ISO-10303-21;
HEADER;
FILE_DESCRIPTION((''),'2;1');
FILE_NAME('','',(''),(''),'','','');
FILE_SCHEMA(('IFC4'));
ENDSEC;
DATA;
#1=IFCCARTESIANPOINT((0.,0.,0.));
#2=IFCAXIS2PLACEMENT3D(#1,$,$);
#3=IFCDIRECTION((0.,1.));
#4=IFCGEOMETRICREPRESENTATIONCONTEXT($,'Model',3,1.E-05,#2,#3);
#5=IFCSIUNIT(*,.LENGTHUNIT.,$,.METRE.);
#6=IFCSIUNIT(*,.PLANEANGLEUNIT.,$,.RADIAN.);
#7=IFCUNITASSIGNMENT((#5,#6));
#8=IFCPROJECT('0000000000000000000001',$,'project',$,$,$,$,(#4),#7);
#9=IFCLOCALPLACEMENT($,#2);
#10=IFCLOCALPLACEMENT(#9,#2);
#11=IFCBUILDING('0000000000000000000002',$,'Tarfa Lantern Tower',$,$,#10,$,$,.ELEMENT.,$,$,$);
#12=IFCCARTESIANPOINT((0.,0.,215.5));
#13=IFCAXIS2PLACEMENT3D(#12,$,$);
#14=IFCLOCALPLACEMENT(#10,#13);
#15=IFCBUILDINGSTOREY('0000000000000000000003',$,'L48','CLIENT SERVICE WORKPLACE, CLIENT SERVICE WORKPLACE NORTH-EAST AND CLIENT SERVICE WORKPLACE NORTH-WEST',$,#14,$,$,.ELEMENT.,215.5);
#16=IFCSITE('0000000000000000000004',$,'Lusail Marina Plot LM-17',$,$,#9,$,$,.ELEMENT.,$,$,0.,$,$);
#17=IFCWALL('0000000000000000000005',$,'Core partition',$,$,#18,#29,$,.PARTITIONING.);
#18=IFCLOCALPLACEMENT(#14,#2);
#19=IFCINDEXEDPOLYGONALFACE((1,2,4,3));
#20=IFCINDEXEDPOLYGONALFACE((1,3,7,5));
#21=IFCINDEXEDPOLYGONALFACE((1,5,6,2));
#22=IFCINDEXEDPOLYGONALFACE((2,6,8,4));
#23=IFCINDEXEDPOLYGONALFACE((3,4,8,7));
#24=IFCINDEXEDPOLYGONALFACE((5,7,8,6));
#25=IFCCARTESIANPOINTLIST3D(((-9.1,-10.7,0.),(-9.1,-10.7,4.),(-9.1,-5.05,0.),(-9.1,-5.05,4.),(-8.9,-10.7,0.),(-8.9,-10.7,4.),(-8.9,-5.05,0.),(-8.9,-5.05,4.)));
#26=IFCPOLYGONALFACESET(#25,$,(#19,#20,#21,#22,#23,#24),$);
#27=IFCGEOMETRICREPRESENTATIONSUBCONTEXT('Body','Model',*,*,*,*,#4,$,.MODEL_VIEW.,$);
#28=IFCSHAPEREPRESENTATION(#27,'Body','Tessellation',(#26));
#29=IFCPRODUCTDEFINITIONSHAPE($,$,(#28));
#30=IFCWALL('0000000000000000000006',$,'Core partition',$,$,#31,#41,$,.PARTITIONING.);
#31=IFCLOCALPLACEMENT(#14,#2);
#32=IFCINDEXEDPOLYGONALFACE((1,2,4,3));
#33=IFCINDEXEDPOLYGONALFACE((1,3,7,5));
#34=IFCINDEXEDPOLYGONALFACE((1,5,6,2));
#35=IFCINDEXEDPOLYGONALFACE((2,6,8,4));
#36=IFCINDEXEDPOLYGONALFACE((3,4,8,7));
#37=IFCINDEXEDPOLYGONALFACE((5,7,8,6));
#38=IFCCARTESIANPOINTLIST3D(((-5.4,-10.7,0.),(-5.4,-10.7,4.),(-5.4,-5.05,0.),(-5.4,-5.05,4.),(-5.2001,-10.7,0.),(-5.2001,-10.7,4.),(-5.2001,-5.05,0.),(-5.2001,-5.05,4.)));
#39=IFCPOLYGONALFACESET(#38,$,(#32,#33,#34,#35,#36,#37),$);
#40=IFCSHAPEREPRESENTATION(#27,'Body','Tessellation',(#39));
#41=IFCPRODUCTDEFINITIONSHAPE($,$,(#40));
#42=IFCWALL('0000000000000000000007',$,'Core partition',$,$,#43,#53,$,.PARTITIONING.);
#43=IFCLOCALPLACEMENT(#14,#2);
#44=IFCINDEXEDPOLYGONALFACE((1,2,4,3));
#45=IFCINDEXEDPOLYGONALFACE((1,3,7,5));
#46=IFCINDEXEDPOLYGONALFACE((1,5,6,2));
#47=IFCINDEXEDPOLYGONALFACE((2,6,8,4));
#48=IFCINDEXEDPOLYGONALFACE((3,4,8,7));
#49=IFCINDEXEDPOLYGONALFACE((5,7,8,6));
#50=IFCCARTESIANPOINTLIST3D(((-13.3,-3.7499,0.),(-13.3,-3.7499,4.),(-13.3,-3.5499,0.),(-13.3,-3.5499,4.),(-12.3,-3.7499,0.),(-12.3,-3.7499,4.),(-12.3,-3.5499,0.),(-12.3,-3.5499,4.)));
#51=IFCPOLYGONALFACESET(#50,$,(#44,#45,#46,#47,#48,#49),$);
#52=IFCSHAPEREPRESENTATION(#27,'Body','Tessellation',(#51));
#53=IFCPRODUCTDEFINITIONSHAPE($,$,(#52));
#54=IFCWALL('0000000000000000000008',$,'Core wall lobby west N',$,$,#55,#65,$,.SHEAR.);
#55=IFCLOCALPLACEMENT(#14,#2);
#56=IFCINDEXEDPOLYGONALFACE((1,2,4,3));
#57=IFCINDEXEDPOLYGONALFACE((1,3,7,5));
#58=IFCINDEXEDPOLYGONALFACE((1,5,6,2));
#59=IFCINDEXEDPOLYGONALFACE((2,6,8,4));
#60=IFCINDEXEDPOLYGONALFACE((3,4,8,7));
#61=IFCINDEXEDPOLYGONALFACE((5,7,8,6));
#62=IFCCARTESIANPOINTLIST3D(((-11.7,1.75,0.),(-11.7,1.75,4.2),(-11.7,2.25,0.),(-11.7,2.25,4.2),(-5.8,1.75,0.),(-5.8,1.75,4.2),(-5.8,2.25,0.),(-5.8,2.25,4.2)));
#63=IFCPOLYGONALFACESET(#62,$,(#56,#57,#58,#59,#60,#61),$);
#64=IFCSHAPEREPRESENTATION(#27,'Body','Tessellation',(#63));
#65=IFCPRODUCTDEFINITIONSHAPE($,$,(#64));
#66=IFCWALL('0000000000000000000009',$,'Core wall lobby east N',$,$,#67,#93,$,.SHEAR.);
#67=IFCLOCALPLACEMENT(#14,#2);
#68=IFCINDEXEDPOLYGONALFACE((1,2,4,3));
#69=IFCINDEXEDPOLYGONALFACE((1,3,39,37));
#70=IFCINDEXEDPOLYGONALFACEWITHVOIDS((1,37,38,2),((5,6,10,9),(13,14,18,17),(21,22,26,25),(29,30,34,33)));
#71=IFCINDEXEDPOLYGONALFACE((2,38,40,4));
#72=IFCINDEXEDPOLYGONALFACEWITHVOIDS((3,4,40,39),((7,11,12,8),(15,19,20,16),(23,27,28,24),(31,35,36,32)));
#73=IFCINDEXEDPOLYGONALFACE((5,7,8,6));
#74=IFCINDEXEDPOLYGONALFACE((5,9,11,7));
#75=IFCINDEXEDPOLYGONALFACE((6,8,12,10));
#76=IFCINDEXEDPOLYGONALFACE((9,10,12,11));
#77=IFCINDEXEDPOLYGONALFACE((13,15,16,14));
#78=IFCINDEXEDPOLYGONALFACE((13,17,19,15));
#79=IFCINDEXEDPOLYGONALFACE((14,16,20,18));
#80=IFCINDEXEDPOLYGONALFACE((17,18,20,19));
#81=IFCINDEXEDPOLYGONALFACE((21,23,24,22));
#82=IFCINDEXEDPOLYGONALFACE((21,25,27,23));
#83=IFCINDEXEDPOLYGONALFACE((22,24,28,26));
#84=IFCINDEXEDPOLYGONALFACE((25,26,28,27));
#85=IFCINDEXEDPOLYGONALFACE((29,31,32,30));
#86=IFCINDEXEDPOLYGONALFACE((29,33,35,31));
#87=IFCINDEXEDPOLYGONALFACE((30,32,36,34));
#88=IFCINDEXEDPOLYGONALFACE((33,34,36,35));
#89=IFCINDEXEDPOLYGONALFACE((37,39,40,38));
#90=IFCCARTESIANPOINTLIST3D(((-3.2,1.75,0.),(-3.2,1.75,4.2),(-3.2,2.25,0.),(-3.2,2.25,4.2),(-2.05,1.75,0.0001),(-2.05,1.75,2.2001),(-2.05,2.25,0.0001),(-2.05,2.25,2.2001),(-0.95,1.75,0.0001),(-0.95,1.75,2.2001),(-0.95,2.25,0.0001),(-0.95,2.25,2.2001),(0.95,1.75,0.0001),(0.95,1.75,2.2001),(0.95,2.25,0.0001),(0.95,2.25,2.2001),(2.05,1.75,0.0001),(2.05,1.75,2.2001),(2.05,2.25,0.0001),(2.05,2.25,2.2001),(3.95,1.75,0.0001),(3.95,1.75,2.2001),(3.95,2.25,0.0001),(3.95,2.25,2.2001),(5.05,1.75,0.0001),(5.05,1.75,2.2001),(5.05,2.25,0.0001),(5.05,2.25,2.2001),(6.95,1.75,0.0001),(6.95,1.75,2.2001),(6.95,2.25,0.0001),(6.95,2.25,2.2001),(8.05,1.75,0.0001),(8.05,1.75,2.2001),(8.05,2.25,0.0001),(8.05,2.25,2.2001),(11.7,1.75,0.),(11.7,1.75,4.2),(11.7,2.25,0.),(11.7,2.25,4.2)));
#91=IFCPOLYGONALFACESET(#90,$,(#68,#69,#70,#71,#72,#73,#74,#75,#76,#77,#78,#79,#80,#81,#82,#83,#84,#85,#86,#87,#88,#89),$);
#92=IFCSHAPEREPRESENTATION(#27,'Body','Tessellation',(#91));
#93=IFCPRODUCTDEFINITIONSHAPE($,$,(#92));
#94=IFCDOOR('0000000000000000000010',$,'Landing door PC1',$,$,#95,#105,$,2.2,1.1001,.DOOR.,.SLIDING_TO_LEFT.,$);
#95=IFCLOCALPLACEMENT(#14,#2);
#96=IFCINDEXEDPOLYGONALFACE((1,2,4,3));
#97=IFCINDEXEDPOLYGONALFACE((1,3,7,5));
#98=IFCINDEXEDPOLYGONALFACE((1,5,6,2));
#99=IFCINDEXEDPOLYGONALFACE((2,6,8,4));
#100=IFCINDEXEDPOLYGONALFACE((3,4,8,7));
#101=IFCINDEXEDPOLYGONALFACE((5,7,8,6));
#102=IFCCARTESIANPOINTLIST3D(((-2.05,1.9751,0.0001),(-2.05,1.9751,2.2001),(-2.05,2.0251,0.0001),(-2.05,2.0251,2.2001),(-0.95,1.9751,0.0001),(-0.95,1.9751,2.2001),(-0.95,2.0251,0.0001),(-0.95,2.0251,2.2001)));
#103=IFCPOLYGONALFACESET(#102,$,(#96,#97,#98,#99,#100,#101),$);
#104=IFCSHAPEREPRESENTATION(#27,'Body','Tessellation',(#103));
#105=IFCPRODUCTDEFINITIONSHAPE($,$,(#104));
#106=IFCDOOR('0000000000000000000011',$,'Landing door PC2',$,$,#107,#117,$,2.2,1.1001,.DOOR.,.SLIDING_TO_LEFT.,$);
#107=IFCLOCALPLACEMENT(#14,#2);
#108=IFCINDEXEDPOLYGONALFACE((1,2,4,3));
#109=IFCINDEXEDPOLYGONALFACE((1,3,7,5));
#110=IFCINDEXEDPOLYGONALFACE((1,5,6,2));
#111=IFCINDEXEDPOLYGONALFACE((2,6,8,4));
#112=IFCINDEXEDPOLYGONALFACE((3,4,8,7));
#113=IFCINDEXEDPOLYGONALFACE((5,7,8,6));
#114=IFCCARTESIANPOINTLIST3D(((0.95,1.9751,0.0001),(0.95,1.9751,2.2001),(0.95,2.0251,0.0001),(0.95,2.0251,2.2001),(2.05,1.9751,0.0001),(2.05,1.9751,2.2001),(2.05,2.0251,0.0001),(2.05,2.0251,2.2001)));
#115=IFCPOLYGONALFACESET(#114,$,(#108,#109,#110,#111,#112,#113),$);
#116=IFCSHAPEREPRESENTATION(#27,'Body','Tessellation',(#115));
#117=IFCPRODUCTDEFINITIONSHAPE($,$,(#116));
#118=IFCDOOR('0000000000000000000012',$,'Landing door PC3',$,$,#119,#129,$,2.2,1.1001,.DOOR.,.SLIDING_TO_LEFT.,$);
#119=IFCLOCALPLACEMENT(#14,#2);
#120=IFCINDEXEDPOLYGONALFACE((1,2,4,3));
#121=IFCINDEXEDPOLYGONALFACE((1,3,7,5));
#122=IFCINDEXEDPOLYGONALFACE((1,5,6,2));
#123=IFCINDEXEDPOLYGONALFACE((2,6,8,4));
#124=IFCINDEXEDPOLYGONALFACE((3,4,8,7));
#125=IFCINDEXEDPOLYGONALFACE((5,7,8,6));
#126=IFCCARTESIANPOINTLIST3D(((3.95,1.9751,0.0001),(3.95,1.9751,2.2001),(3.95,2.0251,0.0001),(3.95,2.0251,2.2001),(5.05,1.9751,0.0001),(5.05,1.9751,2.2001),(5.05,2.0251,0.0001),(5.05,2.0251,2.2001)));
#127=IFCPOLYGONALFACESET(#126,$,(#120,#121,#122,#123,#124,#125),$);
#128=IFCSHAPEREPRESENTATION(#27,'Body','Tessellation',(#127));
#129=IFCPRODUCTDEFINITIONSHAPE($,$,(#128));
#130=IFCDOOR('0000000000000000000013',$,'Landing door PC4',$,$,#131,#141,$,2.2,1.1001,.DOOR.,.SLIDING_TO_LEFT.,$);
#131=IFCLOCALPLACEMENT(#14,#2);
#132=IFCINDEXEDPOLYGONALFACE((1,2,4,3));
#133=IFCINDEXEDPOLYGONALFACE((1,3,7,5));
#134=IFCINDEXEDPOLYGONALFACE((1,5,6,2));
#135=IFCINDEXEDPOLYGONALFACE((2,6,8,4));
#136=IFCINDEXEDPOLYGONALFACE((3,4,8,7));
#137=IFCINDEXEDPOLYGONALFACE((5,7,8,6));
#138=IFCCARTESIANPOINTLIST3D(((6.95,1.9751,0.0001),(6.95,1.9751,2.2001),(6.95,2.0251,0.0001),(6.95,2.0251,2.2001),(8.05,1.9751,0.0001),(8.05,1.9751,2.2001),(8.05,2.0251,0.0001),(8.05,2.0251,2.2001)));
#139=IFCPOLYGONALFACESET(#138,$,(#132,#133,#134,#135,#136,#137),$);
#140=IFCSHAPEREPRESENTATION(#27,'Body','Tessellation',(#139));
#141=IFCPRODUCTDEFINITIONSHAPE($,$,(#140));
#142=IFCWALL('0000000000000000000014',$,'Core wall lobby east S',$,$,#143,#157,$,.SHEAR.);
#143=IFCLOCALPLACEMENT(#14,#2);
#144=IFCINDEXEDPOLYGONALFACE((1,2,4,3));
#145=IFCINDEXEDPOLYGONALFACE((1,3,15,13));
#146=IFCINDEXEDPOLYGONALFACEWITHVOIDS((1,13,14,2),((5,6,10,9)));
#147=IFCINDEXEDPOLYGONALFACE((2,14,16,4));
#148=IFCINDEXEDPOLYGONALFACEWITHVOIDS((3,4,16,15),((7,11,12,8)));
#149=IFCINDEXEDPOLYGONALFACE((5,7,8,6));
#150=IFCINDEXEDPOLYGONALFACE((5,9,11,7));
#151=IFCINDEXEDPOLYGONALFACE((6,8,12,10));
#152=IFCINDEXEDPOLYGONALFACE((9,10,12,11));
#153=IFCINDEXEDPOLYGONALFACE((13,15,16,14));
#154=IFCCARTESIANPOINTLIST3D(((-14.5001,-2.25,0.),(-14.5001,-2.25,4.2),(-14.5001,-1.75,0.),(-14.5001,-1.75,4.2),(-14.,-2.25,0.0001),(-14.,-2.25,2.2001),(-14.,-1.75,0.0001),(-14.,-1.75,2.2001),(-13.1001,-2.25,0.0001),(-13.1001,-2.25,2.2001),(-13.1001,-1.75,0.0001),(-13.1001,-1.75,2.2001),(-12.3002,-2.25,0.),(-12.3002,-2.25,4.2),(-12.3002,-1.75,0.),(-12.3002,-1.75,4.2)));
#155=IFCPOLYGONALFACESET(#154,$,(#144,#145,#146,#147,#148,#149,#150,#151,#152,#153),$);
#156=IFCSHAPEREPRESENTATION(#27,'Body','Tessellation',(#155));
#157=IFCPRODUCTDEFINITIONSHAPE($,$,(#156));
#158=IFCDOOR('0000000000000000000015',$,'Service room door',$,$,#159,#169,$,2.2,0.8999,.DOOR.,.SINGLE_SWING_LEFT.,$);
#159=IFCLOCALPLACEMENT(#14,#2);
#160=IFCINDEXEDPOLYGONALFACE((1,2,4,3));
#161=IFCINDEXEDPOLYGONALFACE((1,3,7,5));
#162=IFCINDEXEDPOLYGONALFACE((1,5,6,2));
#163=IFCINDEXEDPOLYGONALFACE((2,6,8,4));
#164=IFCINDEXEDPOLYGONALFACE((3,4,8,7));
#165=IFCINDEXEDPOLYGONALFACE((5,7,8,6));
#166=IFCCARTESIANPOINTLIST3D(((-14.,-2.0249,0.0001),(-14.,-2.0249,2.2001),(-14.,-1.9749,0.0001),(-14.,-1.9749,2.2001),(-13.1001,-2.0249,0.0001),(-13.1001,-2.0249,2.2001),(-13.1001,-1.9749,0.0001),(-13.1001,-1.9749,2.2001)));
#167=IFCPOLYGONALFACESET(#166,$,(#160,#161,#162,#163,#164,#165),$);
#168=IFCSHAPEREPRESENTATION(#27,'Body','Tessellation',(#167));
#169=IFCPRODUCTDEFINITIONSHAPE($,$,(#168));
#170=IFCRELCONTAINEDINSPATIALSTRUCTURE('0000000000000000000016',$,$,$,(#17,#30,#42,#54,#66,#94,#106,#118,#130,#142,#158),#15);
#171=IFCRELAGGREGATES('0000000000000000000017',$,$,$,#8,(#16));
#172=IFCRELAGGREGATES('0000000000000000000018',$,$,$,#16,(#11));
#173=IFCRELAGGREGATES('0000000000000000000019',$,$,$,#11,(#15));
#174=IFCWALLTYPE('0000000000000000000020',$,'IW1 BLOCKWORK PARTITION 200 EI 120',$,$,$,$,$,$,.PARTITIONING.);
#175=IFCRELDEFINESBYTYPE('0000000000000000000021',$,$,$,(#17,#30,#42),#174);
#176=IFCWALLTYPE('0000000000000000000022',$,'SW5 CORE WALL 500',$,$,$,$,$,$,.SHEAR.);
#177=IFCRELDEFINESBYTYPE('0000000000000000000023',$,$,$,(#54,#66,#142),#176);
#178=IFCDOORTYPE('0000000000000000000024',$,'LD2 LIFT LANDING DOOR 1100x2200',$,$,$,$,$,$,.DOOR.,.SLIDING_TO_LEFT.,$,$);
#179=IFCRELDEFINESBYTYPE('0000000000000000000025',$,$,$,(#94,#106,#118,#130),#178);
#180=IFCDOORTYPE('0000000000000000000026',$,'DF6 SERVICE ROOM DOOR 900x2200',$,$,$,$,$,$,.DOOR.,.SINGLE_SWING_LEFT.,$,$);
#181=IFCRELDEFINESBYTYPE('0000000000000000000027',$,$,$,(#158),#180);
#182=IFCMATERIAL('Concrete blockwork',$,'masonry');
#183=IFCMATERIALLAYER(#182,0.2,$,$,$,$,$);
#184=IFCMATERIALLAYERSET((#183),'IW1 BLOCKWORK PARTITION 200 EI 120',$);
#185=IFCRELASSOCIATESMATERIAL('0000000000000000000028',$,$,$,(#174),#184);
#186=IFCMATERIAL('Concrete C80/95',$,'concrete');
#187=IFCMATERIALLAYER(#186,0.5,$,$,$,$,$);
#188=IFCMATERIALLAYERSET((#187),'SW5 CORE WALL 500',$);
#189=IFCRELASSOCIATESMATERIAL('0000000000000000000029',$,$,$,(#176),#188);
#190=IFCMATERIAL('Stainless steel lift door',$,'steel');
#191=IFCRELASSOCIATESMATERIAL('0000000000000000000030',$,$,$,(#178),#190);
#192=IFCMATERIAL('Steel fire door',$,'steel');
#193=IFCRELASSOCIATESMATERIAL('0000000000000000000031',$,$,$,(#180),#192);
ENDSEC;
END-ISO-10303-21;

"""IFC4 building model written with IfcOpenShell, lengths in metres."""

from ifc_helpers import new_model, si_unit, direction, frame, frame_2d, origin, place, context, subcontext, project, spatial, rectangle, extrude, material, layer, layer_set, type_object, element, fill, save


model = new_model("IFC4")

# Units and contexts
model_context = context("Model", 3, precision=1e-05, world=origin(), true_north=direction((0.0, 1.0)))
body_context = subcontext(model_context, "Body", "Model", "MODEL_VIEW")
ifc_project = project(units=[si_unit("LENGTHUNIT", "METRE"), si_unit("PLANEANGLEUNIT", "RADIAN")], contexts=[model_context])

# Site, building, storey
site_placement = place(None, origin())
site = spatial("IfcSite", under=ifc_project, at=site_placement, Name="Lusail Marina Plot LM-17", CompositionType="ELEMENT", RefElevation=0.0)
building_placement = place(site_placement, origin())
building = spatial("IfcBuilding", under=site, at=building_placement, Name="Tarfa Lantern Tower", CompositionType="ELEMENT")
storey_placement = place(building_placement, frame((0.0, 0.0, 215.5)))
storey = spatial("IfcBuildingStorey", under=building, at=storey_placement, Name="L48", Description="CLIENT SERVICE WORKPLACE, CLIENT SERVICE WORKPLACE NORTH-EAST AND CLIENT SERVICE WORKPLACE NORTH-WEST", CompositionType="ELEMENT", Elevation=215.5)

# Walls
ifc_material_1 = material(Name="Concrete blockwork", Category="masonry")
ifc_layer_1 = layer(ifc_material_1, 0.2)
ifc_layer_set_1 = layer_set([ifc_layer_1], Name="IW1 BLOCKWORK PARTITION 200 EI 120")
wall_type_1 = type_object("IfcWallType", Name="IW1 BLOCKWORK PARTITION 200 EI 120", PredefinedType="PARTITIONING", material=ifc_layer_set_1)
for number, where, z_axis, x_axis, name in (
    (1, (-9.0, -5.05, 0.0), (0.0, 0.0, 1.0), (0.0, -1.0, 0.0), "Core partition"),
    (2, (-5.3, -5.05, 0.0), (0.0, 0.0, 1.0), (0.0, -1.0, 0.0), "Core partition"),
):
    element("IfcWall", number, at=place(storey_placement, frame(where, z_axis=z_axis, x_axis=x_axis)), inside=storey, type_object=wall_type_1, Name=name, PredefinedType="PARTITIONING", context=body_context, shape_type="SweptSolid", body=[
        extrude(rectangle(XDim=5.6499, YDim=0.2, at=frame_2d((2.825, 0.0))), origin(), (0.0, 0.0, 1.0), 4.0),
    ])
wall_1_placement = place(storey_placement, frame((-12.3, -3.6499, 0.0), z_axis=(0.0, 0.0, 1.0), x_axis=(-1.0, 0.0, 0.0)))
element("IfcWall", 3, at=wall_1_placement, inside=storey, type_object=wall_type_1, Name="Core partition", PredefinedType="PARTITIONING", context=body_context, shape_type="SweptSolid", body=[
    extrude(rectangle(XDim=1.0, YDim=0.2, at=frame_2d((0.5, 0.0))), origin(), (0.0, 0.0, 1.0), 4.0),
])
ifc_material_2 = material(Name="Concrete C80/95", Category="concrete")
ifc_layer_2 = layer(ifc_material_2, 0.5)
ifc_layer_set_2 = layer_set([ifc_layer_2], Name="SW5 CORE WALL 500")
wall_type_2 = type_object("IfcWallType", Name="SW5 CORE WALL 500", PredefinedType="SHEAR", material=ifc_layer_set_2)
wall_2_placement = place(storey_placement, frame((-11.7, 2.0, 0.0), z_axis=(0.0, 0.0, 1.0), x_axis=(1.0, 0.0, 0.0)))
element("IfcWall", 4, at=wall_2_placement, inside=storey, type_object=wall_type_2, Name="Core wall lobby west N", PredefinedType="SHEAR", context=body_context, shape_type="SweptSolid", body=[
    extrude(rectangle(XDim=5.8999, YDim=0.5, at=frame_2d((2.95, 0.0))), origin(), (0.0, 0.0, 1.0), 4.2),
])

# Wall, openings, doors
wall_3_placement = place(storey_placement, frame((-3.2, 2.0, 0.0), z_axis=(0.0, 0.0, 1.0), x_axis=(1.0, 0.0, 0.0)))
wall_3 = element("IfcWall", 5, at=wall_3_placement, inside=storey, type_object=wall_type_2, Name="Core wall lobby east N", PredefinedType="SHEAR", context=body_context, shape_type="SweptSolid", body=[
    extrude(rectangle(XDim=14.8999, YDim=0.5, at=frame_2d((7.45, 0.0))), origin(), (0.0, 0.0, 1.0), 4.2),
])
opening_1_placement = place(wall_3_placement, frame((1.1499, 0.0, 0.0)))
opening_1 = element("IfcOpeningElement", 6, at=opening_1_placement, cuts=wall_3, PredefinedType="OPENING", context=body_context, shape_type="SweptSolid", body=[
    extrude(rectangle(XDim=1.1001, YDim=2.2, at=frame_2d((0.55, 1.1001))), frame((0.0, 0.26, 0.0), z_axis=(0.0, -1.0, 0.0), x_axis=(1.0, 0.0, 0.0)), (0.0, 0.0, 1.0), 0.52),
])
opening_2_placement = place(wall_3_placement, frame((4.1499, 0.0, 0.0)))
opening_2 = element("IfcOpeningElement", 7, at=opening_2_placement, cuts=wall_3, PredefinedType="OPENING", context=body_context, shape_type="SweptSolid", body=[
    extrude(rectangle(XDim=1.1001, YDim=2.2, at=frame_2d((0.55, 1.1001))), frame((0.0, 0.26, 0.0), z_axis=(0.0, -1.0, 0.0), x_axis=(1.0, 0.0, 0.0)), (0.0, 0.0, 1.0), 0.52),
])
opening_3_placement = place(wall_3_placement, frame((7.1499, 0.0, 0.0)))
opening_3 = element("IfcOpeningElement", 8, at=opening_3_placement, cuts=wall_3, PredefinedType="OPENING", context=body_context, shape_type="SweptSolid", body=[
    extrude(rectangle(XDim=1.1001, YDim=2.2, at=frame_2d((0.55, 1.1001))), frame((0.0, 0.26, 0.0), z_axis=(0.0, -1.0, 0.0), x_axis=(1.0, 0.0, 0.0)), (0.0, 0.0, 1.0), 0.52),
])
opening_4_placement = place(wall_3_placement, frame((10.1499, 0.0, 0.0)))
opening_4 = element("IfcOpeningElement", 9, at=opening_4_placement, cuts=wall_3, PredefinedType="OPENING", context=body_context, shape_type="SweptSolid", body=[
    extrude(rectangle(XDim=1.1001, YDim=2.2, at=frame_2d((0.55, 1.1001))), frame((0.0, 0.26, 0.0), z_axis=(0.0, -1.0, 0.0), x_axis=(1.0, 0.0, 0.0)), (0.0, 0.0, 1.0), 0.52),
])
ifc_material_3 = material(Name="Stainless steel lift door", Category="steel")
door_type_1 = type_object("IfcDoorType", Name="LD2 LIFT LANDING DOOR 1100x2200", OperationType="SLIDING_TO_LEFT", PredefinedType="DOOR", material=ifc_material_3)
door_1_placement = place(opening_1_placement, frame((1.1001, 0.0, 0.0), z_axis=(0.0, 0.0, 1.0), x_axis=(-1.0, 0.0, 0.0)))
door_1 = element("IfcDoor", 10, at=door_1_placement, inside=storey, type_object=door_type_1, Name="Landing door PC1", OperationType="SLIDING_TO_LEFT", OverallHeight=2.2, OverallWidth=1.1001, PredefinedType="DOOR", context=body_context, shape_type="SweptSolid", body=[
    extrude(rectangle(XDim=1.1001, YDim=2.2, at=frame_2d((0.55, 1.1001))), frame((0.0, 0.0249, 0.0), z_axis=(0.0, -1.0, 0.0), x_axis=(1.0, 0.0, 0.0)), (0.0, 0.0, 1.0), 0.05),
])
fill(opening_1, door_1)
door_2_placement = place(opening_2_placement, frame((1.1001, 0.0, 0.0), z_axis=(0.0, 0.0, 1.0), x_axis=(-1.0, 0.0, 0.0)))
door_2 = element("IfcDoor", 11, at=door_2_placement, inside=storey, type_object=door_type_1, Name="Landing door PC2", OperationType="SLIDING_TO_LEFT", OverallHeight=2.2, OverallWidth=1.1001, PredefinedType="DOOR", context=body_context, shape_type="SweptSolid", body=[
    extrude(rectangle(XDim=1.1001, YDim=2.2, at=frame_2d((0.55, 1.1001))), frame((0.0, 0.0249, 0.0), z_axis=(0.0, -1.0, 0.0), x_axis=(1.0, 0.0, 0.0)), (0.0, 0.0, 1.0), 0.05),
])
fill(opening_2, door_2)
door_3_placement = place(opening_3_placement, frame((1.1001, 0.0, 0.0), z_axis=(0.0, 0.0, 1.0), x_axis=(-1.0, 0.0, 0.0)))
door_3 = element("IfcDoor", 12, at=door_3_placement, inside=storey, type_object=door_type_1, Name="Landing door PC3", OperationType="SLIDING_TO_LEFT", OverallHeight=2.2, OverallWidth=1.1001, PredefinedType="DOOR", context=body_context, shape_type="SweptSolid", body=[
    extrude(rectangle(XDim=1.1001, YDim=2.2, at=frame_2d((0.55, 1.1001))), frame((0.0, 0.0249, 0.0), z_axis=(0.0, -1.0, 0.0), x_axis=(1.0, 0.0, 0.0)), (0.0, 0.0, 1.0), 0.05),
])
fill(opening_3, door_3)
door_4_placement = place(opening_4_placement, frame((1.1001, 0.0, 0.0), z_axis=(0.0, 0.0, 1.0), x_axis=(-1.0, 0.0, 0.0)))
door_4 = element("IfcDoor", 13, at=door_4_placement, inside=storey, type_object=door_type_1, Name="Landing door PC4", OperationType="SLIDING_TO_LEFT", OverallHeight=2.2, OverallWidth=1.1001, PredefinedType="DOOR", context=body_context, shape_type="SweptSolid", body=[
    extrude(rectangle(XDim=1.1001, YDim=2.2, at=frame_2d((0.55, 1.1001))), frame((0.0, 0.0249, 0.0), z_axis=(0.0, -1.0, 0.0), x_axis=(1.0, 0.0, 0.0)), (0.0, 0.0, 1.0), 0.05),
])
fill(opening_4, door_4)

# Wall, opening, door
wall_4_placement = place(storey_placement, frame((-12.3, -2.0, 0.0), z_axis=(0.0, 0.0, 1.0), x_axis=(-1.0, 0.0, 0.0)))
wall_4 = element("IfcWall", 14, at=wall_4_placement, inside=storey, type_object=wall_type_2, Name="Core wall lobby east S", PredefinedType="SHEAR", context=body_context, shape_type="SweptSolid", body=[
    extrude(rectangle(XDim=2.2, YDim=0.5, at=frame_2d((1.1001, 0.0))), origin(), (0.0, 0.0, 1.0), 4.2),
])
opening_5_placement = place(wall_4_placement, frame((0.8, 0.0, 0.0)))
opening_5 = element("IfcOpeningElement", 15, at=opening_5_placement, cuts=wall_4, PredefinedType="OPENING", context=body_context, shape_type="SweptSolid", body=[
    extrude(rectangle(XDim=0.8999, YDim=2.2, at=frame_2d((0.45, 1.1001))), frame((0.0, 0.26, 0.0), z_axis=(0.0, -1.0, 0.0), x_axis=(1.0, 0.0, 0.0)), (0.0, 0.0, 1.0), 0.52),
])
ifc_material_4 = material(Name="Steel fire door", Category="steel")
door_type_2 = type_object("IfcDoorType", Name="DF6 SERVICE ROOM DOOR 900x2200", OperationType="SINGLE_SWING_LEFT", PredefinedType="DOOR", material=ifc_material_4)
door_5_placement = place(opening_5_placement, origin())
door_5 = element("IfcDoor", 16, at=door_5_placement, inside=storey, type_object=door_type_2, Name="Service room door", OperationType="SINGLE_SWING_LEFT", OverallHeight=2.2, OverallWidth=0.8999, PredefinedType="DOOR", context=body_context, shape_type="SweptSolid", body=[
    extrude(rectangle(XDim=0.8999, YDim=2.2, at=frame_2d((0.45, 1.1001))), frame((0.0, 0.0249, 0.0), z_axis=(0.0, -1.0, 0.0), x_axis=(1.0, 0.0, 0.0)), (0.0, 0.0, 1.0), 0.05),
])
fill(opening_5, door_5)

save(model, "model.ifc")
